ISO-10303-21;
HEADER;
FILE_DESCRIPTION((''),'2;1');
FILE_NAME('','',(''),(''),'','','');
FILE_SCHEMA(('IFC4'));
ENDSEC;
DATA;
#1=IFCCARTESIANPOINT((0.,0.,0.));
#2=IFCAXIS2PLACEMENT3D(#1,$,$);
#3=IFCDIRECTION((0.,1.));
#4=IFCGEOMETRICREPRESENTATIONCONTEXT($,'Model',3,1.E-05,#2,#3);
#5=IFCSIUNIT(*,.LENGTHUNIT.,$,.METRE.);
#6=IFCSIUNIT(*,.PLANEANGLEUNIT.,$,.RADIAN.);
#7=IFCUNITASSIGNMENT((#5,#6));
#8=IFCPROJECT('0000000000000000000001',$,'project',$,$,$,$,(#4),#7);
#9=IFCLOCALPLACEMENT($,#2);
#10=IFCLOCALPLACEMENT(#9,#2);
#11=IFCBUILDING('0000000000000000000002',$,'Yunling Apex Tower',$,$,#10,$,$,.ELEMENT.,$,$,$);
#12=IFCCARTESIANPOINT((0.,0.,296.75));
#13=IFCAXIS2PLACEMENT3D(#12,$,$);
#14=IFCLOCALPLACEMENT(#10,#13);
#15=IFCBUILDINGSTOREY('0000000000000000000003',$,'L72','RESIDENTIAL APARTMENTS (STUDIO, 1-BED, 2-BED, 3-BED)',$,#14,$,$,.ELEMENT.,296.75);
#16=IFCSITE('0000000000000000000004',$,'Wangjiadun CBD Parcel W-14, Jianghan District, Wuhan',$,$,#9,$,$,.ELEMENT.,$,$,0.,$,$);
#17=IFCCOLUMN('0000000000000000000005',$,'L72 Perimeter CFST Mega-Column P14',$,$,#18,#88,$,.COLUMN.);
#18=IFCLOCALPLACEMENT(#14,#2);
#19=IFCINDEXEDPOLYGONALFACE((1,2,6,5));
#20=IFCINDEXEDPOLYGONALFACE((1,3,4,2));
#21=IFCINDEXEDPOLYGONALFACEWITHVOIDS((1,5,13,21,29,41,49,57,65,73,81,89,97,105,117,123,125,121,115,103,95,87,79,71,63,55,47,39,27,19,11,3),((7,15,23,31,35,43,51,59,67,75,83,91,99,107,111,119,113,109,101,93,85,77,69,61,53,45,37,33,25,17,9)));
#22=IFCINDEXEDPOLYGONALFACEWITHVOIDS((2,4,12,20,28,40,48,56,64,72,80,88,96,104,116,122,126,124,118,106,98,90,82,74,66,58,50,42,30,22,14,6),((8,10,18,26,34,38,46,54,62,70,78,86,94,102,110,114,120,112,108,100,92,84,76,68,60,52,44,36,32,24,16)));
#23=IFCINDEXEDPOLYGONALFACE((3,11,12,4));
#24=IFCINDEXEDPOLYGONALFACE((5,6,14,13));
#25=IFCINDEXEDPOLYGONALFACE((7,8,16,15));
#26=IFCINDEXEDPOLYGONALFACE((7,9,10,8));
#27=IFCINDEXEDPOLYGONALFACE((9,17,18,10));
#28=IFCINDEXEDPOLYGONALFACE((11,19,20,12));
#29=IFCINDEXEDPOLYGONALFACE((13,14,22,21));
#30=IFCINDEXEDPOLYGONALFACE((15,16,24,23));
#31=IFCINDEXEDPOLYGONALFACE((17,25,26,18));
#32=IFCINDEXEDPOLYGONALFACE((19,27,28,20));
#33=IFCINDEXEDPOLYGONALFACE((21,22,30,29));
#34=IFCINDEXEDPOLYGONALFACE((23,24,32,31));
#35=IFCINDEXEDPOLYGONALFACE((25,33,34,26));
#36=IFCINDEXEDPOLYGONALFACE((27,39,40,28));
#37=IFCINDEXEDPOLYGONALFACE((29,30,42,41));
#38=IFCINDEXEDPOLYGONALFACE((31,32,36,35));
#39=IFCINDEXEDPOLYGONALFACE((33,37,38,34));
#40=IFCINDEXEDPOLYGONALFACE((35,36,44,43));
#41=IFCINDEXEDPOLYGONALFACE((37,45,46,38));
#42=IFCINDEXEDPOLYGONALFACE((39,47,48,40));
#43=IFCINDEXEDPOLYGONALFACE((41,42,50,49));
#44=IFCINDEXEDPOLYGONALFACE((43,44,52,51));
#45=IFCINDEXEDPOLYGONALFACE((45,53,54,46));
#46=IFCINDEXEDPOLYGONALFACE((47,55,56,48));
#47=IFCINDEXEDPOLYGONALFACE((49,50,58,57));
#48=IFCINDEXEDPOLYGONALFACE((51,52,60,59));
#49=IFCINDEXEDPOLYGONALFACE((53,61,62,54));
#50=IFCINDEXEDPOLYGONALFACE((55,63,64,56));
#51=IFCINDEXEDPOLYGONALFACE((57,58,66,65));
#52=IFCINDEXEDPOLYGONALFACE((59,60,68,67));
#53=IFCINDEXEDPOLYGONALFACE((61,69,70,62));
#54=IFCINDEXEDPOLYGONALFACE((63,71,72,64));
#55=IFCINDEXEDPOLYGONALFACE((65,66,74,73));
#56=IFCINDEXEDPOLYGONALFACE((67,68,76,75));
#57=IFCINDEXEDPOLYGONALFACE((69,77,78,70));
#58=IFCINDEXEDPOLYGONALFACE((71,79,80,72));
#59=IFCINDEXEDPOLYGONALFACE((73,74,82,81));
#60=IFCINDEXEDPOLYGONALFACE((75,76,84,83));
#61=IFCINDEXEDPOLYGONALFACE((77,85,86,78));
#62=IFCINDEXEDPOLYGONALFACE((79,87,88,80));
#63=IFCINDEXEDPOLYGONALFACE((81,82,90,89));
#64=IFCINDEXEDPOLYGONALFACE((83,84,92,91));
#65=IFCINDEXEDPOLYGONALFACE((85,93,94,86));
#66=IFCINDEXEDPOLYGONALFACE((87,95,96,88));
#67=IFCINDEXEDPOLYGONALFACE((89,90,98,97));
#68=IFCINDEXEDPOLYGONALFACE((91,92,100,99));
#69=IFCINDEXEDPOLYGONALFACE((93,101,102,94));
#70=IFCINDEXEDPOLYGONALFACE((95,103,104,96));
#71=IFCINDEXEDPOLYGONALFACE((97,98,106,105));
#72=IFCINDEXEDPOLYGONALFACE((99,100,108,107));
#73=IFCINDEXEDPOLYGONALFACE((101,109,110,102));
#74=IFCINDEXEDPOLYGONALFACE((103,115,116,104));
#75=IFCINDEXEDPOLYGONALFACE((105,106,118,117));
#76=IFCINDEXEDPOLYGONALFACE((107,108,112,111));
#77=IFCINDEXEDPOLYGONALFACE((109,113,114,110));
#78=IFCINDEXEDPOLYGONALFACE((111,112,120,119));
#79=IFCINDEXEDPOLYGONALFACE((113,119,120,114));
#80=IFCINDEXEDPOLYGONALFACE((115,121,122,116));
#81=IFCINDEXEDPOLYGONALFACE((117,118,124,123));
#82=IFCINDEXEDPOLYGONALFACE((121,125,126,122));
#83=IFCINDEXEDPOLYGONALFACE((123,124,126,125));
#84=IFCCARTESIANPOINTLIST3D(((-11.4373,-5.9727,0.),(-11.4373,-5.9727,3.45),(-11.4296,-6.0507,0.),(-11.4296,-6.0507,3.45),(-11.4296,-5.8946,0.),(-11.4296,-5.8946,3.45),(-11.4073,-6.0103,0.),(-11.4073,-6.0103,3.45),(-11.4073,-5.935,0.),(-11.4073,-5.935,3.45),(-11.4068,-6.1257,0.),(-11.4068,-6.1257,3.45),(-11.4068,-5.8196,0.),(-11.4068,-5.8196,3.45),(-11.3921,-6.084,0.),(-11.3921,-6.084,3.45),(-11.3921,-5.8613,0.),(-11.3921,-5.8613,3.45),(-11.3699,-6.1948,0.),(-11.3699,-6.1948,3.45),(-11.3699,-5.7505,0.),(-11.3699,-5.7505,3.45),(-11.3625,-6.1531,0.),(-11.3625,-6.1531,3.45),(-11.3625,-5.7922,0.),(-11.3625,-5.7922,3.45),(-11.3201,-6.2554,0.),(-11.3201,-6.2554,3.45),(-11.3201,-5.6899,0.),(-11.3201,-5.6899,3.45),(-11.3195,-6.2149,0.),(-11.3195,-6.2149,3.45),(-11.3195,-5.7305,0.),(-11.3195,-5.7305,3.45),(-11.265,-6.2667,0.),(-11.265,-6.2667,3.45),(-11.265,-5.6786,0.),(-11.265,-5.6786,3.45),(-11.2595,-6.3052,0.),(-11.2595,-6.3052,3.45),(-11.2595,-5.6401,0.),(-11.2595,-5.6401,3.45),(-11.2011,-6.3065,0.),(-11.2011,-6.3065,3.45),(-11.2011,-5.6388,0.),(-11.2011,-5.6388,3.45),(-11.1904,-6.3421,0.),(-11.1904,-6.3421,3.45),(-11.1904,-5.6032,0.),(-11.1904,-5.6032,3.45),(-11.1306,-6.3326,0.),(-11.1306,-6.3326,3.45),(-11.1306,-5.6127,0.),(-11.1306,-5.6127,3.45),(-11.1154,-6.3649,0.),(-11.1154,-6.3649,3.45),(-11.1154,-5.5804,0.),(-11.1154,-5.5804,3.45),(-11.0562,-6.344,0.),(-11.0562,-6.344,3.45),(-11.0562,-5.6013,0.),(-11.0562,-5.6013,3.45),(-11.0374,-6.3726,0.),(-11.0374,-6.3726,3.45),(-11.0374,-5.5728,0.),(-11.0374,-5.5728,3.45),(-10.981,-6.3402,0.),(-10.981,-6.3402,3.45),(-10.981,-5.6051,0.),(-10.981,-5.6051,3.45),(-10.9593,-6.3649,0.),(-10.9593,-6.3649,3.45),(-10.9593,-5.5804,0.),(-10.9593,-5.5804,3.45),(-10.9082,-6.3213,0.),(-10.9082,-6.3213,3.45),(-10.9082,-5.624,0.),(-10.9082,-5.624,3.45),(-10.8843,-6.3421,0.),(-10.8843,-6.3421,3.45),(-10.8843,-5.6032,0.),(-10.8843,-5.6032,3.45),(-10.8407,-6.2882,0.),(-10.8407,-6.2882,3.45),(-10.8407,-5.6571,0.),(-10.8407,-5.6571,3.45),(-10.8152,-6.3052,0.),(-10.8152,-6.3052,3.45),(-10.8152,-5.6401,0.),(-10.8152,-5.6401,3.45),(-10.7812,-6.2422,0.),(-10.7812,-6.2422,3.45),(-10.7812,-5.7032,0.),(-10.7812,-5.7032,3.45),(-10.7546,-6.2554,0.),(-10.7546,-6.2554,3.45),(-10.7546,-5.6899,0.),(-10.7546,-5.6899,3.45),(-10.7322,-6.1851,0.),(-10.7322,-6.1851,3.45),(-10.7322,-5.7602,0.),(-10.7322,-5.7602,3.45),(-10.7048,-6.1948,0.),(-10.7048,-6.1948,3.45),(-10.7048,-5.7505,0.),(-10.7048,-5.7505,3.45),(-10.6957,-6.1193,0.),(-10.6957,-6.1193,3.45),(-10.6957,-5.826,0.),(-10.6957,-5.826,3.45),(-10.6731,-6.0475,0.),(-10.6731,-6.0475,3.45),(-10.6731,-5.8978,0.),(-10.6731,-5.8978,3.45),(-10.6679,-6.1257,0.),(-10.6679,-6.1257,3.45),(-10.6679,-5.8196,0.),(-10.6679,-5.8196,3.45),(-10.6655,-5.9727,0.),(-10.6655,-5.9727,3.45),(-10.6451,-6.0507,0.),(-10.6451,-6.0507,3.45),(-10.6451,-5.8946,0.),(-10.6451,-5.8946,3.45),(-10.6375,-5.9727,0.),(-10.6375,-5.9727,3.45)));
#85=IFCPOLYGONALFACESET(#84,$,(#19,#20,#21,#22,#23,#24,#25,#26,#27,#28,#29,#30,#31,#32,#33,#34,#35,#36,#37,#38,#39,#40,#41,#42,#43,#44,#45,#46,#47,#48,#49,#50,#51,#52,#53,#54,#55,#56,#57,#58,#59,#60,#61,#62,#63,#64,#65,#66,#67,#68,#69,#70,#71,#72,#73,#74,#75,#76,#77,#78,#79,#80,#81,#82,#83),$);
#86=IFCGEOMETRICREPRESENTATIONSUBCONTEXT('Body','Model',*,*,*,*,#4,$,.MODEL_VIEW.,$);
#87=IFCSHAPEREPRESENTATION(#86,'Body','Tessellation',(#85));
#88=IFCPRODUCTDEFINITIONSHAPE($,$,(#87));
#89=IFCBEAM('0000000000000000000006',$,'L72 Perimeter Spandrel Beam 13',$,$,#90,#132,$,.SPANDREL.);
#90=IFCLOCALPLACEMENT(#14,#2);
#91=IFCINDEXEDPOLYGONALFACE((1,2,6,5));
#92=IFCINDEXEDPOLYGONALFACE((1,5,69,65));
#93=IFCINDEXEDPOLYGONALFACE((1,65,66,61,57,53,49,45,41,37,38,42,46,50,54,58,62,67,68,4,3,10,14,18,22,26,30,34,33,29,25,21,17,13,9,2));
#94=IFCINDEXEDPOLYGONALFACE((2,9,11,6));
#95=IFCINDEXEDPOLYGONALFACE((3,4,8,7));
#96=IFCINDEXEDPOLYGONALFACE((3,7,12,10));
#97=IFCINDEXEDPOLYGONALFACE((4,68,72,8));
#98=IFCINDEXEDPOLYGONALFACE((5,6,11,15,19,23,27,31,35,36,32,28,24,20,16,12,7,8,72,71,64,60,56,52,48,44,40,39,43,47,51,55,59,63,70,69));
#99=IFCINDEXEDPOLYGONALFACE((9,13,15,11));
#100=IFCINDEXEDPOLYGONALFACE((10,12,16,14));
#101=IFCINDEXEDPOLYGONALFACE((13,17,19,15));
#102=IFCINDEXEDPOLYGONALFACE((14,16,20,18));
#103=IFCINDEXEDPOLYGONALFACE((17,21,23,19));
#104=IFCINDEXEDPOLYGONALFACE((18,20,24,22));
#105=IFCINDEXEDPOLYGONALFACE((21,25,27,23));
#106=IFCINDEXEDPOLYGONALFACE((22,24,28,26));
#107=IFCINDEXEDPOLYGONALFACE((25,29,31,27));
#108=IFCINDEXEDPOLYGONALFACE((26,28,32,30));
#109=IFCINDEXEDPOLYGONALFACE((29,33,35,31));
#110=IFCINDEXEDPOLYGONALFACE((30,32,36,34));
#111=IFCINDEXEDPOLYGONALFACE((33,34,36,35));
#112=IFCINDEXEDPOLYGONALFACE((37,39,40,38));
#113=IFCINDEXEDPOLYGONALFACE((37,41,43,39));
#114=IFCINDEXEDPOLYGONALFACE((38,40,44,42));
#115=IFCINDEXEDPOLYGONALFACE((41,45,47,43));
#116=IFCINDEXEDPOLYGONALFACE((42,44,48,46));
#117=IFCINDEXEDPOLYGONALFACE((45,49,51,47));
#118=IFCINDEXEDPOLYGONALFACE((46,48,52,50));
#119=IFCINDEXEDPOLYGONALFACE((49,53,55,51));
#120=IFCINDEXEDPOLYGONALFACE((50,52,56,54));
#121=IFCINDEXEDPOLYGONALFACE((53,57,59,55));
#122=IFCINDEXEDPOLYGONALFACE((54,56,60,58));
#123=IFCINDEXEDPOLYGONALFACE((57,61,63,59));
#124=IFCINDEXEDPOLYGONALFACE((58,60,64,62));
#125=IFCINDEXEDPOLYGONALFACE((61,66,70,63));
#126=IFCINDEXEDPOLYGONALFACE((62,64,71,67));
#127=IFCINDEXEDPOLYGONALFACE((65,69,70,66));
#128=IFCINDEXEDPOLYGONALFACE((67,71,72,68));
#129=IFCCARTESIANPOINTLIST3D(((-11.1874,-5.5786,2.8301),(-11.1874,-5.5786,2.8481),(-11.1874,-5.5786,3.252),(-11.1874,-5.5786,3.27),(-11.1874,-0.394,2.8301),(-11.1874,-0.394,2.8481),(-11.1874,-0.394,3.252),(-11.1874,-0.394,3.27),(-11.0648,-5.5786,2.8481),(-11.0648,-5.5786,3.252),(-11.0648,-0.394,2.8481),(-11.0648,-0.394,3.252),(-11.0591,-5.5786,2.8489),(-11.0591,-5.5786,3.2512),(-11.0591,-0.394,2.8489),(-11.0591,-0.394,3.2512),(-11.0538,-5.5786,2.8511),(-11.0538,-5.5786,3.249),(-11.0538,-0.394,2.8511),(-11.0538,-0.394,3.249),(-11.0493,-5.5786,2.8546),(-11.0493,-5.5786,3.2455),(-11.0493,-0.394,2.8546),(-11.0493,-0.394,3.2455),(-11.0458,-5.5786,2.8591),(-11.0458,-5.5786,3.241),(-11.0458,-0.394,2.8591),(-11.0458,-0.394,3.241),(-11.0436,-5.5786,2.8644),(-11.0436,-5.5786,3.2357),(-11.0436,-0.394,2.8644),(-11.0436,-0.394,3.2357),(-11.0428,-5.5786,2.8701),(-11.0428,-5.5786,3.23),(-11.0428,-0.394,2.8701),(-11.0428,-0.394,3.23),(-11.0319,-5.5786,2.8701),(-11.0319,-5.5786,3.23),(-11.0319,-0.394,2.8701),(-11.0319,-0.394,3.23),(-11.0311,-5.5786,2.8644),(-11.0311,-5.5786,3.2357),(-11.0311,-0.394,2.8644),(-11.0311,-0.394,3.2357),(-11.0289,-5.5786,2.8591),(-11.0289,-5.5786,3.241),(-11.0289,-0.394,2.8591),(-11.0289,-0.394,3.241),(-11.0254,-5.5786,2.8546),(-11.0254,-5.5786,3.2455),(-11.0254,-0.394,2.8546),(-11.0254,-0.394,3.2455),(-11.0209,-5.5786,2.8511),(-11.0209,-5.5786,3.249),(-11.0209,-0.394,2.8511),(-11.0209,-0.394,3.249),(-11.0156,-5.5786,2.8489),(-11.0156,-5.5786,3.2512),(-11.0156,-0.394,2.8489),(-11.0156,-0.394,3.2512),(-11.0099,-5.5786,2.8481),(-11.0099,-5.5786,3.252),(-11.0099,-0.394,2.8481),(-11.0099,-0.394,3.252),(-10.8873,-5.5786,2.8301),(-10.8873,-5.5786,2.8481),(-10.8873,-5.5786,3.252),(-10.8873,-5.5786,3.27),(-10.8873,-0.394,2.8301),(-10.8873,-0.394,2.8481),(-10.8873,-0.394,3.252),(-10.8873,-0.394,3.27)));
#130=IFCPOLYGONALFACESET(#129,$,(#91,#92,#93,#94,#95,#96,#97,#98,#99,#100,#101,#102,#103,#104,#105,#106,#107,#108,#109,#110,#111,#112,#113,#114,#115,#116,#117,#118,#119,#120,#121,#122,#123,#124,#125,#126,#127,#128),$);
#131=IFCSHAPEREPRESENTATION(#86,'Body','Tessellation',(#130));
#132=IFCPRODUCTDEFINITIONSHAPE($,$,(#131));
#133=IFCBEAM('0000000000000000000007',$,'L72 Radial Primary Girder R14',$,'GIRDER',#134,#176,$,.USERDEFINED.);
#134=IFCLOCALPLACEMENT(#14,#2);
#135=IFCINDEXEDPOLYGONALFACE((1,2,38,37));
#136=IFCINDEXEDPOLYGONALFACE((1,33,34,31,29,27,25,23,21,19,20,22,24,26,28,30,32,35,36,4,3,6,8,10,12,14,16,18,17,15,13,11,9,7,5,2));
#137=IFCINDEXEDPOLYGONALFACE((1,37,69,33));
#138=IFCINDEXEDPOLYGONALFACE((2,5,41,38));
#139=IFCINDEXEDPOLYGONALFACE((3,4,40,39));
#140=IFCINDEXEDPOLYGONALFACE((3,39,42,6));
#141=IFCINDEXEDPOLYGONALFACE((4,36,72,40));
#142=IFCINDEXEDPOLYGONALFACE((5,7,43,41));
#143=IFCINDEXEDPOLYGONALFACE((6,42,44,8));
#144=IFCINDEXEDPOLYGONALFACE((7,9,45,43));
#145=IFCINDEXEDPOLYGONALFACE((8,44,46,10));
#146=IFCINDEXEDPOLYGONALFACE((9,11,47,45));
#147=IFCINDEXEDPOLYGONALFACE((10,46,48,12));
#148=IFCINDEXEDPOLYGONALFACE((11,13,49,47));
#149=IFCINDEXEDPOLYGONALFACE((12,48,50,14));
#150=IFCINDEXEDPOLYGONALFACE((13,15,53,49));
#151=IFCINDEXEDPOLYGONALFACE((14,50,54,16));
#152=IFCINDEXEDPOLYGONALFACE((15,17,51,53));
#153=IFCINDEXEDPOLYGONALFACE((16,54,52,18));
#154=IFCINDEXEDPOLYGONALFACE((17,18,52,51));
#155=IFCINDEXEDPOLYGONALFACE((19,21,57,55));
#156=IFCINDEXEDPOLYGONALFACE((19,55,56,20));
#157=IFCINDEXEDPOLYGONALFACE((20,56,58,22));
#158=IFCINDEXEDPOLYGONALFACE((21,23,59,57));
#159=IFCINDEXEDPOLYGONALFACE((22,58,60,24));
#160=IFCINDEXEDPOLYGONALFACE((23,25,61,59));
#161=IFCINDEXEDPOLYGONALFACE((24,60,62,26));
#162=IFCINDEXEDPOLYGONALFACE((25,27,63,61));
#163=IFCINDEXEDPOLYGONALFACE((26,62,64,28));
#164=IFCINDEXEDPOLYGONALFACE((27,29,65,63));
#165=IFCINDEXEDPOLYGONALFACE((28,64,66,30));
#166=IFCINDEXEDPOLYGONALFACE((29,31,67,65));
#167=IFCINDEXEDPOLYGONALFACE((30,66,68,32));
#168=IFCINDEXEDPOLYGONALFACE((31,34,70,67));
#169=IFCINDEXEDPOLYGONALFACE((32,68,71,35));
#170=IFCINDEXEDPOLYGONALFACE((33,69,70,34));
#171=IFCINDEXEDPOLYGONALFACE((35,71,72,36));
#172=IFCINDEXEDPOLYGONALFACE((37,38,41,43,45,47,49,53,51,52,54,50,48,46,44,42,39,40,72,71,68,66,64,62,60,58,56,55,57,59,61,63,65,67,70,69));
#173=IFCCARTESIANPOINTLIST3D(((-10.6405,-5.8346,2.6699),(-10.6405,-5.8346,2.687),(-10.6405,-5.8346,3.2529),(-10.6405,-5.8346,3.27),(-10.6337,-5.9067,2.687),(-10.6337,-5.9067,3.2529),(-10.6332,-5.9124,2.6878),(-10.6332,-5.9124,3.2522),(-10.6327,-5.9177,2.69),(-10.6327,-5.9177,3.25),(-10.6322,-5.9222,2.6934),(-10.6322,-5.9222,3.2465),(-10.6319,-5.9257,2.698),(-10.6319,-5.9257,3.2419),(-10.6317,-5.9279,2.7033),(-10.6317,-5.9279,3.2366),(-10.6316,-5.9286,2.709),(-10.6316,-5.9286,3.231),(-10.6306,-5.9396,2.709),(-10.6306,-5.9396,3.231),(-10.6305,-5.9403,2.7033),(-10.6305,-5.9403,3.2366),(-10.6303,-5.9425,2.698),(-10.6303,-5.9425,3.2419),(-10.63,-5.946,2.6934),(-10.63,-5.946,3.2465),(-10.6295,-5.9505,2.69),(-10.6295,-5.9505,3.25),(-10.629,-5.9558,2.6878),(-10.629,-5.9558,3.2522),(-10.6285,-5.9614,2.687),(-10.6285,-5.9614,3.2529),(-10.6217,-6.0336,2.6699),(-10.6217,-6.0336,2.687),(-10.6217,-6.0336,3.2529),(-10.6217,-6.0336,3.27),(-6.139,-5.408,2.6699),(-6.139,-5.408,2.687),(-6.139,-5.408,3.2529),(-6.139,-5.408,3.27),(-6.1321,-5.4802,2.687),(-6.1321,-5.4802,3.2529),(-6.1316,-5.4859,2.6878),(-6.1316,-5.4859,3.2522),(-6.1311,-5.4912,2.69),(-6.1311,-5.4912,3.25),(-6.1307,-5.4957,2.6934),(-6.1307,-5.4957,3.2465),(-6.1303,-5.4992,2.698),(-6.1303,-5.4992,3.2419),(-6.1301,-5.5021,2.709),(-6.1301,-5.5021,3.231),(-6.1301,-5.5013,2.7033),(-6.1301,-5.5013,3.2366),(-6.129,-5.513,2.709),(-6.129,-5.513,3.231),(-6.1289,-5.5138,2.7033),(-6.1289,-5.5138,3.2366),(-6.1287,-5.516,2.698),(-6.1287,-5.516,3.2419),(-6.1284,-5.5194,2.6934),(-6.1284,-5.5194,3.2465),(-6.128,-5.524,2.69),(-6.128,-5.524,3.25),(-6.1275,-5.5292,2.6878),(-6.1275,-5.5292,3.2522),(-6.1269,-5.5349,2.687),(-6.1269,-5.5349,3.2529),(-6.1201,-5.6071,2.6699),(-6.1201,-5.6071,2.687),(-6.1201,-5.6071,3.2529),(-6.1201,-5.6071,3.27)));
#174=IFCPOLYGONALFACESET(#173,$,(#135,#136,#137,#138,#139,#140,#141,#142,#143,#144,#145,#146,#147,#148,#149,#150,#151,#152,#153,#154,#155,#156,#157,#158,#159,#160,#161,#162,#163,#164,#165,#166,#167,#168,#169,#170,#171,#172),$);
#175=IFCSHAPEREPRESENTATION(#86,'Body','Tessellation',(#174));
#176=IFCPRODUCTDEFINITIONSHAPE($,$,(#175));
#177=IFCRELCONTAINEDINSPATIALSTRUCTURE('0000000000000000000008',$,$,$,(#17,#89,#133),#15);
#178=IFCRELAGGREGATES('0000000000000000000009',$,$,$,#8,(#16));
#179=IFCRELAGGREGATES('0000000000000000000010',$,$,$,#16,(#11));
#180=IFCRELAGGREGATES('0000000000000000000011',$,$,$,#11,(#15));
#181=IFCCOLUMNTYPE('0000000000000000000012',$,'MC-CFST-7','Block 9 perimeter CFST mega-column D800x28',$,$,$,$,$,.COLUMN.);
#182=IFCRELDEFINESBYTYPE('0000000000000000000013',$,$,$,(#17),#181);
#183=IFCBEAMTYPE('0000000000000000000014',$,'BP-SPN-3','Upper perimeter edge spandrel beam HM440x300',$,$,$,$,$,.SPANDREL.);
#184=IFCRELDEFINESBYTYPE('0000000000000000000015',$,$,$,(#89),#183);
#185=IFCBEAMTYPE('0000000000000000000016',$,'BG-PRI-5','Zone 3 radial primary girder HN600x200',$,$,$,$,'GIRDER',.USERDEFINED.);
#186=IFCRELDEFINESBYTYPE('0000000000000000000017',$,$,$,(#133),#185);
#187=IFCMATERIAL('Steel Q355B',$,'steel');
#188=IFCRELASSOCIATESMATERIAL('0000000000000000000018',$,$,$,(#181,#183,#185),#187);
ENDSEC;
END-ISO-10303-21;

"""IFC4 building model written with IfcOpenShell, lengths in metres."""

from ifc_helpers import new_model, si_unit, direction, frame, origin, origin_2d, place, context, subcontext, project, spatial, hollow_circle, i_section, extrude, source, transform, mapped, material, material_profile, profile_set, type_object, element, save


model = new_model("IFC4")

# Units and contexts
model_context = context("Model", 3, precision=1e-05, world=origin(), true_north=direction((0.0, 1.0)))
body_context = subcontext(model_context, "Body", "Model", "MODEL_VIEW")
ifc_project = project(units=[si_unit("LENGTHUNIT", "METRE"), si_unit("PLANEANGLEUNIT", "RADIAN")], contexts=[model_context])

# Site, building, storey
site_placement = place(None, origin())
site = spatial("IfcSite", under=ifc_project, at=site_placement, Name="Wangjiadun CBD Parcel W-14, Jianghan District, Wuhan", CompositionType="ELEMENT", RefElevation=0.0)
building_placement = place(site_placement, origin())
building = spatial("IfcBuilding", under=site, at=building_placement, Name="Yunling Apex Tower", CompositionType="ELEMENT")
storey_placement = place(building_placement, frame((0.0, 0.0, 296.75)))
storey = spatial("IfcBuildingStorey", under=building, at=storey_placement, Name="L72", Description="RESIDENTIAL APARTMENTS (STUDIO, 1-BED, 2-BED, 3-BED)", CompositionType="ELEMENT", Elevation=296.75)

# Column
ifc_material_1 = material(Name="Steel Q355B", Category="steel")
ifc_material_profile_1 = material_profile(ifc_material_1, hollow_circle(Radius=0.3999, WallThickness=0.0281, at=origin_2d()))
ifc_profile_set_1 = profile_set([ifc_material_profile_1], Name="Steel Q355B")
column_type = type_object("IfcColumnType", Name="MC-CFST-7", Description="Block 9 perimeter CFST mega-column D800x28", PredefinedType="COLUMN", material=ifc_profile_set_1)
shared_shape_1 = source(origin(), body_context, "Body", "SweptSolid", [
    extrude(hollow_circle(Radius=0.3999, WallThickness=0.0281, at=origin_2d()), origin(), (0.0, 0.0, 1.0), 3.45),
])
column_placement = place(storey_placement, frame((-11.0374, -5.9727, 0.0), z_axis=(0.0, 0.0, 1.0), x_axis=(1.0, 0.0, 0.0)))
element("IfcColumn", 1, at=column_placement, inside=storey, type_object=column_type, Name="L72 Perimeter CFST Mega-Column P14", PredefinedType="COLUMN", context=body_context, shape_type="MappedRepresentation", body=[
    mapped(shared_shape_1, transform((0.0, 0.0, 0.0), scale=1.0)),
])

# Beams
ifc_material_profile_2 = material_profile(ifc_material_1, i_section(OverallWidth=0.3, OverallDepth=0.4399, WebThickness=0.011, FlangeThickness=0.0181, FilletRadius=0.022, at=origin_2d()))
ifc_profile_set_2 = profile_set([ifc_material_profile_2], Name="Steel Q355B")
beam_type_1 = type_object("IfcBeamType", Name="BP-SPN-3", Description="Upper perimeter edge spandrel beam HM440x300", PredefinedType="SPANDREL", material=ifc_profile_set_2)
shared_shape_2 = source(origin(), body_context, "Body", "SweptSolid", [
    extrude(i_section(OverallWidth=0.3, OverallDepth=0.4399, WebThickness=0.011, FlangeThickness=0.0181, FilletRadius=0.022, at=origin_2d()), origin(), (0.0, 0.0, 1.0), 5.1846),
])
beam_1_placement = place(storey_placement, frame((-11.0374, -0.394, 3.05), z_axis=(0.0, -1.0, 0.0), x_axis=(1.0, 0.0, 0.0)))
element("IfcBeam", 2, at=beam_1_placement, inside=storey, type_object=beam_type_1, Name="L72 Perimeter Spandrel Beam 13", PredefinedType="SPANDREL", context=body_context, shape_type="MappedRepresentation", body=[
    mapped(shared_shape_2, transform((0.0, 0.0, 0.0), scale=1.0)),
])
ifc_material_profile_3 = material_profile(ifc_material_1, i_section(OverallWidth=0.2, OverallDepth=0.6001, WebThickness=0.011, FlangeThickness=0.0171, FilletRadius=0.022, at=origin_2d()))
ifc_profile_set_3 = profile_set([ifc_material_profile_3], Name="Steel Q355B")
beam_type_2 = type_object("IfcBeamType", Name="BG-PRI-5", Description="Zone 3 radial primary girder HN600x200", ElementType="GIRDER", PredefinedType="USERDEFINED", material=ifc_profile_set_3)
shared_shape_3 = source(origin(), body_context, "Body", "SweptSolid", [
    extrude(i_section(OverallWidth=0.2, OverallDepth=0.6001, WebThickness=0.011, FlangeThickness=0.0171, FilletRadius=0.022, at=origin_2d()), origin(), (0.0, 0.0, 1.0), 4.5217),
])
beam_2_placement = place(storey_placement, frame((-10.6311, -5.9341, 2.97), z_axis=(0.995541, 0.094328, 0.0), x_axis=(-0.094328, 0.995541, 0.0)))
element("IfcBeam", 3, at=beam_2_placement, inside=storey, type_object=beam_type_2, Name="L72 Radial Primary Girder R14", ObjectType="GIRDER", PredefinedType="USERDEFINED", context=body_context, shape_type="MappedRepresentation", body=[
    mapped(shared_shape_3, transform((0.0, 0.0, 0.0), scale=1.0)),
])

save(model, "model.ifc")
